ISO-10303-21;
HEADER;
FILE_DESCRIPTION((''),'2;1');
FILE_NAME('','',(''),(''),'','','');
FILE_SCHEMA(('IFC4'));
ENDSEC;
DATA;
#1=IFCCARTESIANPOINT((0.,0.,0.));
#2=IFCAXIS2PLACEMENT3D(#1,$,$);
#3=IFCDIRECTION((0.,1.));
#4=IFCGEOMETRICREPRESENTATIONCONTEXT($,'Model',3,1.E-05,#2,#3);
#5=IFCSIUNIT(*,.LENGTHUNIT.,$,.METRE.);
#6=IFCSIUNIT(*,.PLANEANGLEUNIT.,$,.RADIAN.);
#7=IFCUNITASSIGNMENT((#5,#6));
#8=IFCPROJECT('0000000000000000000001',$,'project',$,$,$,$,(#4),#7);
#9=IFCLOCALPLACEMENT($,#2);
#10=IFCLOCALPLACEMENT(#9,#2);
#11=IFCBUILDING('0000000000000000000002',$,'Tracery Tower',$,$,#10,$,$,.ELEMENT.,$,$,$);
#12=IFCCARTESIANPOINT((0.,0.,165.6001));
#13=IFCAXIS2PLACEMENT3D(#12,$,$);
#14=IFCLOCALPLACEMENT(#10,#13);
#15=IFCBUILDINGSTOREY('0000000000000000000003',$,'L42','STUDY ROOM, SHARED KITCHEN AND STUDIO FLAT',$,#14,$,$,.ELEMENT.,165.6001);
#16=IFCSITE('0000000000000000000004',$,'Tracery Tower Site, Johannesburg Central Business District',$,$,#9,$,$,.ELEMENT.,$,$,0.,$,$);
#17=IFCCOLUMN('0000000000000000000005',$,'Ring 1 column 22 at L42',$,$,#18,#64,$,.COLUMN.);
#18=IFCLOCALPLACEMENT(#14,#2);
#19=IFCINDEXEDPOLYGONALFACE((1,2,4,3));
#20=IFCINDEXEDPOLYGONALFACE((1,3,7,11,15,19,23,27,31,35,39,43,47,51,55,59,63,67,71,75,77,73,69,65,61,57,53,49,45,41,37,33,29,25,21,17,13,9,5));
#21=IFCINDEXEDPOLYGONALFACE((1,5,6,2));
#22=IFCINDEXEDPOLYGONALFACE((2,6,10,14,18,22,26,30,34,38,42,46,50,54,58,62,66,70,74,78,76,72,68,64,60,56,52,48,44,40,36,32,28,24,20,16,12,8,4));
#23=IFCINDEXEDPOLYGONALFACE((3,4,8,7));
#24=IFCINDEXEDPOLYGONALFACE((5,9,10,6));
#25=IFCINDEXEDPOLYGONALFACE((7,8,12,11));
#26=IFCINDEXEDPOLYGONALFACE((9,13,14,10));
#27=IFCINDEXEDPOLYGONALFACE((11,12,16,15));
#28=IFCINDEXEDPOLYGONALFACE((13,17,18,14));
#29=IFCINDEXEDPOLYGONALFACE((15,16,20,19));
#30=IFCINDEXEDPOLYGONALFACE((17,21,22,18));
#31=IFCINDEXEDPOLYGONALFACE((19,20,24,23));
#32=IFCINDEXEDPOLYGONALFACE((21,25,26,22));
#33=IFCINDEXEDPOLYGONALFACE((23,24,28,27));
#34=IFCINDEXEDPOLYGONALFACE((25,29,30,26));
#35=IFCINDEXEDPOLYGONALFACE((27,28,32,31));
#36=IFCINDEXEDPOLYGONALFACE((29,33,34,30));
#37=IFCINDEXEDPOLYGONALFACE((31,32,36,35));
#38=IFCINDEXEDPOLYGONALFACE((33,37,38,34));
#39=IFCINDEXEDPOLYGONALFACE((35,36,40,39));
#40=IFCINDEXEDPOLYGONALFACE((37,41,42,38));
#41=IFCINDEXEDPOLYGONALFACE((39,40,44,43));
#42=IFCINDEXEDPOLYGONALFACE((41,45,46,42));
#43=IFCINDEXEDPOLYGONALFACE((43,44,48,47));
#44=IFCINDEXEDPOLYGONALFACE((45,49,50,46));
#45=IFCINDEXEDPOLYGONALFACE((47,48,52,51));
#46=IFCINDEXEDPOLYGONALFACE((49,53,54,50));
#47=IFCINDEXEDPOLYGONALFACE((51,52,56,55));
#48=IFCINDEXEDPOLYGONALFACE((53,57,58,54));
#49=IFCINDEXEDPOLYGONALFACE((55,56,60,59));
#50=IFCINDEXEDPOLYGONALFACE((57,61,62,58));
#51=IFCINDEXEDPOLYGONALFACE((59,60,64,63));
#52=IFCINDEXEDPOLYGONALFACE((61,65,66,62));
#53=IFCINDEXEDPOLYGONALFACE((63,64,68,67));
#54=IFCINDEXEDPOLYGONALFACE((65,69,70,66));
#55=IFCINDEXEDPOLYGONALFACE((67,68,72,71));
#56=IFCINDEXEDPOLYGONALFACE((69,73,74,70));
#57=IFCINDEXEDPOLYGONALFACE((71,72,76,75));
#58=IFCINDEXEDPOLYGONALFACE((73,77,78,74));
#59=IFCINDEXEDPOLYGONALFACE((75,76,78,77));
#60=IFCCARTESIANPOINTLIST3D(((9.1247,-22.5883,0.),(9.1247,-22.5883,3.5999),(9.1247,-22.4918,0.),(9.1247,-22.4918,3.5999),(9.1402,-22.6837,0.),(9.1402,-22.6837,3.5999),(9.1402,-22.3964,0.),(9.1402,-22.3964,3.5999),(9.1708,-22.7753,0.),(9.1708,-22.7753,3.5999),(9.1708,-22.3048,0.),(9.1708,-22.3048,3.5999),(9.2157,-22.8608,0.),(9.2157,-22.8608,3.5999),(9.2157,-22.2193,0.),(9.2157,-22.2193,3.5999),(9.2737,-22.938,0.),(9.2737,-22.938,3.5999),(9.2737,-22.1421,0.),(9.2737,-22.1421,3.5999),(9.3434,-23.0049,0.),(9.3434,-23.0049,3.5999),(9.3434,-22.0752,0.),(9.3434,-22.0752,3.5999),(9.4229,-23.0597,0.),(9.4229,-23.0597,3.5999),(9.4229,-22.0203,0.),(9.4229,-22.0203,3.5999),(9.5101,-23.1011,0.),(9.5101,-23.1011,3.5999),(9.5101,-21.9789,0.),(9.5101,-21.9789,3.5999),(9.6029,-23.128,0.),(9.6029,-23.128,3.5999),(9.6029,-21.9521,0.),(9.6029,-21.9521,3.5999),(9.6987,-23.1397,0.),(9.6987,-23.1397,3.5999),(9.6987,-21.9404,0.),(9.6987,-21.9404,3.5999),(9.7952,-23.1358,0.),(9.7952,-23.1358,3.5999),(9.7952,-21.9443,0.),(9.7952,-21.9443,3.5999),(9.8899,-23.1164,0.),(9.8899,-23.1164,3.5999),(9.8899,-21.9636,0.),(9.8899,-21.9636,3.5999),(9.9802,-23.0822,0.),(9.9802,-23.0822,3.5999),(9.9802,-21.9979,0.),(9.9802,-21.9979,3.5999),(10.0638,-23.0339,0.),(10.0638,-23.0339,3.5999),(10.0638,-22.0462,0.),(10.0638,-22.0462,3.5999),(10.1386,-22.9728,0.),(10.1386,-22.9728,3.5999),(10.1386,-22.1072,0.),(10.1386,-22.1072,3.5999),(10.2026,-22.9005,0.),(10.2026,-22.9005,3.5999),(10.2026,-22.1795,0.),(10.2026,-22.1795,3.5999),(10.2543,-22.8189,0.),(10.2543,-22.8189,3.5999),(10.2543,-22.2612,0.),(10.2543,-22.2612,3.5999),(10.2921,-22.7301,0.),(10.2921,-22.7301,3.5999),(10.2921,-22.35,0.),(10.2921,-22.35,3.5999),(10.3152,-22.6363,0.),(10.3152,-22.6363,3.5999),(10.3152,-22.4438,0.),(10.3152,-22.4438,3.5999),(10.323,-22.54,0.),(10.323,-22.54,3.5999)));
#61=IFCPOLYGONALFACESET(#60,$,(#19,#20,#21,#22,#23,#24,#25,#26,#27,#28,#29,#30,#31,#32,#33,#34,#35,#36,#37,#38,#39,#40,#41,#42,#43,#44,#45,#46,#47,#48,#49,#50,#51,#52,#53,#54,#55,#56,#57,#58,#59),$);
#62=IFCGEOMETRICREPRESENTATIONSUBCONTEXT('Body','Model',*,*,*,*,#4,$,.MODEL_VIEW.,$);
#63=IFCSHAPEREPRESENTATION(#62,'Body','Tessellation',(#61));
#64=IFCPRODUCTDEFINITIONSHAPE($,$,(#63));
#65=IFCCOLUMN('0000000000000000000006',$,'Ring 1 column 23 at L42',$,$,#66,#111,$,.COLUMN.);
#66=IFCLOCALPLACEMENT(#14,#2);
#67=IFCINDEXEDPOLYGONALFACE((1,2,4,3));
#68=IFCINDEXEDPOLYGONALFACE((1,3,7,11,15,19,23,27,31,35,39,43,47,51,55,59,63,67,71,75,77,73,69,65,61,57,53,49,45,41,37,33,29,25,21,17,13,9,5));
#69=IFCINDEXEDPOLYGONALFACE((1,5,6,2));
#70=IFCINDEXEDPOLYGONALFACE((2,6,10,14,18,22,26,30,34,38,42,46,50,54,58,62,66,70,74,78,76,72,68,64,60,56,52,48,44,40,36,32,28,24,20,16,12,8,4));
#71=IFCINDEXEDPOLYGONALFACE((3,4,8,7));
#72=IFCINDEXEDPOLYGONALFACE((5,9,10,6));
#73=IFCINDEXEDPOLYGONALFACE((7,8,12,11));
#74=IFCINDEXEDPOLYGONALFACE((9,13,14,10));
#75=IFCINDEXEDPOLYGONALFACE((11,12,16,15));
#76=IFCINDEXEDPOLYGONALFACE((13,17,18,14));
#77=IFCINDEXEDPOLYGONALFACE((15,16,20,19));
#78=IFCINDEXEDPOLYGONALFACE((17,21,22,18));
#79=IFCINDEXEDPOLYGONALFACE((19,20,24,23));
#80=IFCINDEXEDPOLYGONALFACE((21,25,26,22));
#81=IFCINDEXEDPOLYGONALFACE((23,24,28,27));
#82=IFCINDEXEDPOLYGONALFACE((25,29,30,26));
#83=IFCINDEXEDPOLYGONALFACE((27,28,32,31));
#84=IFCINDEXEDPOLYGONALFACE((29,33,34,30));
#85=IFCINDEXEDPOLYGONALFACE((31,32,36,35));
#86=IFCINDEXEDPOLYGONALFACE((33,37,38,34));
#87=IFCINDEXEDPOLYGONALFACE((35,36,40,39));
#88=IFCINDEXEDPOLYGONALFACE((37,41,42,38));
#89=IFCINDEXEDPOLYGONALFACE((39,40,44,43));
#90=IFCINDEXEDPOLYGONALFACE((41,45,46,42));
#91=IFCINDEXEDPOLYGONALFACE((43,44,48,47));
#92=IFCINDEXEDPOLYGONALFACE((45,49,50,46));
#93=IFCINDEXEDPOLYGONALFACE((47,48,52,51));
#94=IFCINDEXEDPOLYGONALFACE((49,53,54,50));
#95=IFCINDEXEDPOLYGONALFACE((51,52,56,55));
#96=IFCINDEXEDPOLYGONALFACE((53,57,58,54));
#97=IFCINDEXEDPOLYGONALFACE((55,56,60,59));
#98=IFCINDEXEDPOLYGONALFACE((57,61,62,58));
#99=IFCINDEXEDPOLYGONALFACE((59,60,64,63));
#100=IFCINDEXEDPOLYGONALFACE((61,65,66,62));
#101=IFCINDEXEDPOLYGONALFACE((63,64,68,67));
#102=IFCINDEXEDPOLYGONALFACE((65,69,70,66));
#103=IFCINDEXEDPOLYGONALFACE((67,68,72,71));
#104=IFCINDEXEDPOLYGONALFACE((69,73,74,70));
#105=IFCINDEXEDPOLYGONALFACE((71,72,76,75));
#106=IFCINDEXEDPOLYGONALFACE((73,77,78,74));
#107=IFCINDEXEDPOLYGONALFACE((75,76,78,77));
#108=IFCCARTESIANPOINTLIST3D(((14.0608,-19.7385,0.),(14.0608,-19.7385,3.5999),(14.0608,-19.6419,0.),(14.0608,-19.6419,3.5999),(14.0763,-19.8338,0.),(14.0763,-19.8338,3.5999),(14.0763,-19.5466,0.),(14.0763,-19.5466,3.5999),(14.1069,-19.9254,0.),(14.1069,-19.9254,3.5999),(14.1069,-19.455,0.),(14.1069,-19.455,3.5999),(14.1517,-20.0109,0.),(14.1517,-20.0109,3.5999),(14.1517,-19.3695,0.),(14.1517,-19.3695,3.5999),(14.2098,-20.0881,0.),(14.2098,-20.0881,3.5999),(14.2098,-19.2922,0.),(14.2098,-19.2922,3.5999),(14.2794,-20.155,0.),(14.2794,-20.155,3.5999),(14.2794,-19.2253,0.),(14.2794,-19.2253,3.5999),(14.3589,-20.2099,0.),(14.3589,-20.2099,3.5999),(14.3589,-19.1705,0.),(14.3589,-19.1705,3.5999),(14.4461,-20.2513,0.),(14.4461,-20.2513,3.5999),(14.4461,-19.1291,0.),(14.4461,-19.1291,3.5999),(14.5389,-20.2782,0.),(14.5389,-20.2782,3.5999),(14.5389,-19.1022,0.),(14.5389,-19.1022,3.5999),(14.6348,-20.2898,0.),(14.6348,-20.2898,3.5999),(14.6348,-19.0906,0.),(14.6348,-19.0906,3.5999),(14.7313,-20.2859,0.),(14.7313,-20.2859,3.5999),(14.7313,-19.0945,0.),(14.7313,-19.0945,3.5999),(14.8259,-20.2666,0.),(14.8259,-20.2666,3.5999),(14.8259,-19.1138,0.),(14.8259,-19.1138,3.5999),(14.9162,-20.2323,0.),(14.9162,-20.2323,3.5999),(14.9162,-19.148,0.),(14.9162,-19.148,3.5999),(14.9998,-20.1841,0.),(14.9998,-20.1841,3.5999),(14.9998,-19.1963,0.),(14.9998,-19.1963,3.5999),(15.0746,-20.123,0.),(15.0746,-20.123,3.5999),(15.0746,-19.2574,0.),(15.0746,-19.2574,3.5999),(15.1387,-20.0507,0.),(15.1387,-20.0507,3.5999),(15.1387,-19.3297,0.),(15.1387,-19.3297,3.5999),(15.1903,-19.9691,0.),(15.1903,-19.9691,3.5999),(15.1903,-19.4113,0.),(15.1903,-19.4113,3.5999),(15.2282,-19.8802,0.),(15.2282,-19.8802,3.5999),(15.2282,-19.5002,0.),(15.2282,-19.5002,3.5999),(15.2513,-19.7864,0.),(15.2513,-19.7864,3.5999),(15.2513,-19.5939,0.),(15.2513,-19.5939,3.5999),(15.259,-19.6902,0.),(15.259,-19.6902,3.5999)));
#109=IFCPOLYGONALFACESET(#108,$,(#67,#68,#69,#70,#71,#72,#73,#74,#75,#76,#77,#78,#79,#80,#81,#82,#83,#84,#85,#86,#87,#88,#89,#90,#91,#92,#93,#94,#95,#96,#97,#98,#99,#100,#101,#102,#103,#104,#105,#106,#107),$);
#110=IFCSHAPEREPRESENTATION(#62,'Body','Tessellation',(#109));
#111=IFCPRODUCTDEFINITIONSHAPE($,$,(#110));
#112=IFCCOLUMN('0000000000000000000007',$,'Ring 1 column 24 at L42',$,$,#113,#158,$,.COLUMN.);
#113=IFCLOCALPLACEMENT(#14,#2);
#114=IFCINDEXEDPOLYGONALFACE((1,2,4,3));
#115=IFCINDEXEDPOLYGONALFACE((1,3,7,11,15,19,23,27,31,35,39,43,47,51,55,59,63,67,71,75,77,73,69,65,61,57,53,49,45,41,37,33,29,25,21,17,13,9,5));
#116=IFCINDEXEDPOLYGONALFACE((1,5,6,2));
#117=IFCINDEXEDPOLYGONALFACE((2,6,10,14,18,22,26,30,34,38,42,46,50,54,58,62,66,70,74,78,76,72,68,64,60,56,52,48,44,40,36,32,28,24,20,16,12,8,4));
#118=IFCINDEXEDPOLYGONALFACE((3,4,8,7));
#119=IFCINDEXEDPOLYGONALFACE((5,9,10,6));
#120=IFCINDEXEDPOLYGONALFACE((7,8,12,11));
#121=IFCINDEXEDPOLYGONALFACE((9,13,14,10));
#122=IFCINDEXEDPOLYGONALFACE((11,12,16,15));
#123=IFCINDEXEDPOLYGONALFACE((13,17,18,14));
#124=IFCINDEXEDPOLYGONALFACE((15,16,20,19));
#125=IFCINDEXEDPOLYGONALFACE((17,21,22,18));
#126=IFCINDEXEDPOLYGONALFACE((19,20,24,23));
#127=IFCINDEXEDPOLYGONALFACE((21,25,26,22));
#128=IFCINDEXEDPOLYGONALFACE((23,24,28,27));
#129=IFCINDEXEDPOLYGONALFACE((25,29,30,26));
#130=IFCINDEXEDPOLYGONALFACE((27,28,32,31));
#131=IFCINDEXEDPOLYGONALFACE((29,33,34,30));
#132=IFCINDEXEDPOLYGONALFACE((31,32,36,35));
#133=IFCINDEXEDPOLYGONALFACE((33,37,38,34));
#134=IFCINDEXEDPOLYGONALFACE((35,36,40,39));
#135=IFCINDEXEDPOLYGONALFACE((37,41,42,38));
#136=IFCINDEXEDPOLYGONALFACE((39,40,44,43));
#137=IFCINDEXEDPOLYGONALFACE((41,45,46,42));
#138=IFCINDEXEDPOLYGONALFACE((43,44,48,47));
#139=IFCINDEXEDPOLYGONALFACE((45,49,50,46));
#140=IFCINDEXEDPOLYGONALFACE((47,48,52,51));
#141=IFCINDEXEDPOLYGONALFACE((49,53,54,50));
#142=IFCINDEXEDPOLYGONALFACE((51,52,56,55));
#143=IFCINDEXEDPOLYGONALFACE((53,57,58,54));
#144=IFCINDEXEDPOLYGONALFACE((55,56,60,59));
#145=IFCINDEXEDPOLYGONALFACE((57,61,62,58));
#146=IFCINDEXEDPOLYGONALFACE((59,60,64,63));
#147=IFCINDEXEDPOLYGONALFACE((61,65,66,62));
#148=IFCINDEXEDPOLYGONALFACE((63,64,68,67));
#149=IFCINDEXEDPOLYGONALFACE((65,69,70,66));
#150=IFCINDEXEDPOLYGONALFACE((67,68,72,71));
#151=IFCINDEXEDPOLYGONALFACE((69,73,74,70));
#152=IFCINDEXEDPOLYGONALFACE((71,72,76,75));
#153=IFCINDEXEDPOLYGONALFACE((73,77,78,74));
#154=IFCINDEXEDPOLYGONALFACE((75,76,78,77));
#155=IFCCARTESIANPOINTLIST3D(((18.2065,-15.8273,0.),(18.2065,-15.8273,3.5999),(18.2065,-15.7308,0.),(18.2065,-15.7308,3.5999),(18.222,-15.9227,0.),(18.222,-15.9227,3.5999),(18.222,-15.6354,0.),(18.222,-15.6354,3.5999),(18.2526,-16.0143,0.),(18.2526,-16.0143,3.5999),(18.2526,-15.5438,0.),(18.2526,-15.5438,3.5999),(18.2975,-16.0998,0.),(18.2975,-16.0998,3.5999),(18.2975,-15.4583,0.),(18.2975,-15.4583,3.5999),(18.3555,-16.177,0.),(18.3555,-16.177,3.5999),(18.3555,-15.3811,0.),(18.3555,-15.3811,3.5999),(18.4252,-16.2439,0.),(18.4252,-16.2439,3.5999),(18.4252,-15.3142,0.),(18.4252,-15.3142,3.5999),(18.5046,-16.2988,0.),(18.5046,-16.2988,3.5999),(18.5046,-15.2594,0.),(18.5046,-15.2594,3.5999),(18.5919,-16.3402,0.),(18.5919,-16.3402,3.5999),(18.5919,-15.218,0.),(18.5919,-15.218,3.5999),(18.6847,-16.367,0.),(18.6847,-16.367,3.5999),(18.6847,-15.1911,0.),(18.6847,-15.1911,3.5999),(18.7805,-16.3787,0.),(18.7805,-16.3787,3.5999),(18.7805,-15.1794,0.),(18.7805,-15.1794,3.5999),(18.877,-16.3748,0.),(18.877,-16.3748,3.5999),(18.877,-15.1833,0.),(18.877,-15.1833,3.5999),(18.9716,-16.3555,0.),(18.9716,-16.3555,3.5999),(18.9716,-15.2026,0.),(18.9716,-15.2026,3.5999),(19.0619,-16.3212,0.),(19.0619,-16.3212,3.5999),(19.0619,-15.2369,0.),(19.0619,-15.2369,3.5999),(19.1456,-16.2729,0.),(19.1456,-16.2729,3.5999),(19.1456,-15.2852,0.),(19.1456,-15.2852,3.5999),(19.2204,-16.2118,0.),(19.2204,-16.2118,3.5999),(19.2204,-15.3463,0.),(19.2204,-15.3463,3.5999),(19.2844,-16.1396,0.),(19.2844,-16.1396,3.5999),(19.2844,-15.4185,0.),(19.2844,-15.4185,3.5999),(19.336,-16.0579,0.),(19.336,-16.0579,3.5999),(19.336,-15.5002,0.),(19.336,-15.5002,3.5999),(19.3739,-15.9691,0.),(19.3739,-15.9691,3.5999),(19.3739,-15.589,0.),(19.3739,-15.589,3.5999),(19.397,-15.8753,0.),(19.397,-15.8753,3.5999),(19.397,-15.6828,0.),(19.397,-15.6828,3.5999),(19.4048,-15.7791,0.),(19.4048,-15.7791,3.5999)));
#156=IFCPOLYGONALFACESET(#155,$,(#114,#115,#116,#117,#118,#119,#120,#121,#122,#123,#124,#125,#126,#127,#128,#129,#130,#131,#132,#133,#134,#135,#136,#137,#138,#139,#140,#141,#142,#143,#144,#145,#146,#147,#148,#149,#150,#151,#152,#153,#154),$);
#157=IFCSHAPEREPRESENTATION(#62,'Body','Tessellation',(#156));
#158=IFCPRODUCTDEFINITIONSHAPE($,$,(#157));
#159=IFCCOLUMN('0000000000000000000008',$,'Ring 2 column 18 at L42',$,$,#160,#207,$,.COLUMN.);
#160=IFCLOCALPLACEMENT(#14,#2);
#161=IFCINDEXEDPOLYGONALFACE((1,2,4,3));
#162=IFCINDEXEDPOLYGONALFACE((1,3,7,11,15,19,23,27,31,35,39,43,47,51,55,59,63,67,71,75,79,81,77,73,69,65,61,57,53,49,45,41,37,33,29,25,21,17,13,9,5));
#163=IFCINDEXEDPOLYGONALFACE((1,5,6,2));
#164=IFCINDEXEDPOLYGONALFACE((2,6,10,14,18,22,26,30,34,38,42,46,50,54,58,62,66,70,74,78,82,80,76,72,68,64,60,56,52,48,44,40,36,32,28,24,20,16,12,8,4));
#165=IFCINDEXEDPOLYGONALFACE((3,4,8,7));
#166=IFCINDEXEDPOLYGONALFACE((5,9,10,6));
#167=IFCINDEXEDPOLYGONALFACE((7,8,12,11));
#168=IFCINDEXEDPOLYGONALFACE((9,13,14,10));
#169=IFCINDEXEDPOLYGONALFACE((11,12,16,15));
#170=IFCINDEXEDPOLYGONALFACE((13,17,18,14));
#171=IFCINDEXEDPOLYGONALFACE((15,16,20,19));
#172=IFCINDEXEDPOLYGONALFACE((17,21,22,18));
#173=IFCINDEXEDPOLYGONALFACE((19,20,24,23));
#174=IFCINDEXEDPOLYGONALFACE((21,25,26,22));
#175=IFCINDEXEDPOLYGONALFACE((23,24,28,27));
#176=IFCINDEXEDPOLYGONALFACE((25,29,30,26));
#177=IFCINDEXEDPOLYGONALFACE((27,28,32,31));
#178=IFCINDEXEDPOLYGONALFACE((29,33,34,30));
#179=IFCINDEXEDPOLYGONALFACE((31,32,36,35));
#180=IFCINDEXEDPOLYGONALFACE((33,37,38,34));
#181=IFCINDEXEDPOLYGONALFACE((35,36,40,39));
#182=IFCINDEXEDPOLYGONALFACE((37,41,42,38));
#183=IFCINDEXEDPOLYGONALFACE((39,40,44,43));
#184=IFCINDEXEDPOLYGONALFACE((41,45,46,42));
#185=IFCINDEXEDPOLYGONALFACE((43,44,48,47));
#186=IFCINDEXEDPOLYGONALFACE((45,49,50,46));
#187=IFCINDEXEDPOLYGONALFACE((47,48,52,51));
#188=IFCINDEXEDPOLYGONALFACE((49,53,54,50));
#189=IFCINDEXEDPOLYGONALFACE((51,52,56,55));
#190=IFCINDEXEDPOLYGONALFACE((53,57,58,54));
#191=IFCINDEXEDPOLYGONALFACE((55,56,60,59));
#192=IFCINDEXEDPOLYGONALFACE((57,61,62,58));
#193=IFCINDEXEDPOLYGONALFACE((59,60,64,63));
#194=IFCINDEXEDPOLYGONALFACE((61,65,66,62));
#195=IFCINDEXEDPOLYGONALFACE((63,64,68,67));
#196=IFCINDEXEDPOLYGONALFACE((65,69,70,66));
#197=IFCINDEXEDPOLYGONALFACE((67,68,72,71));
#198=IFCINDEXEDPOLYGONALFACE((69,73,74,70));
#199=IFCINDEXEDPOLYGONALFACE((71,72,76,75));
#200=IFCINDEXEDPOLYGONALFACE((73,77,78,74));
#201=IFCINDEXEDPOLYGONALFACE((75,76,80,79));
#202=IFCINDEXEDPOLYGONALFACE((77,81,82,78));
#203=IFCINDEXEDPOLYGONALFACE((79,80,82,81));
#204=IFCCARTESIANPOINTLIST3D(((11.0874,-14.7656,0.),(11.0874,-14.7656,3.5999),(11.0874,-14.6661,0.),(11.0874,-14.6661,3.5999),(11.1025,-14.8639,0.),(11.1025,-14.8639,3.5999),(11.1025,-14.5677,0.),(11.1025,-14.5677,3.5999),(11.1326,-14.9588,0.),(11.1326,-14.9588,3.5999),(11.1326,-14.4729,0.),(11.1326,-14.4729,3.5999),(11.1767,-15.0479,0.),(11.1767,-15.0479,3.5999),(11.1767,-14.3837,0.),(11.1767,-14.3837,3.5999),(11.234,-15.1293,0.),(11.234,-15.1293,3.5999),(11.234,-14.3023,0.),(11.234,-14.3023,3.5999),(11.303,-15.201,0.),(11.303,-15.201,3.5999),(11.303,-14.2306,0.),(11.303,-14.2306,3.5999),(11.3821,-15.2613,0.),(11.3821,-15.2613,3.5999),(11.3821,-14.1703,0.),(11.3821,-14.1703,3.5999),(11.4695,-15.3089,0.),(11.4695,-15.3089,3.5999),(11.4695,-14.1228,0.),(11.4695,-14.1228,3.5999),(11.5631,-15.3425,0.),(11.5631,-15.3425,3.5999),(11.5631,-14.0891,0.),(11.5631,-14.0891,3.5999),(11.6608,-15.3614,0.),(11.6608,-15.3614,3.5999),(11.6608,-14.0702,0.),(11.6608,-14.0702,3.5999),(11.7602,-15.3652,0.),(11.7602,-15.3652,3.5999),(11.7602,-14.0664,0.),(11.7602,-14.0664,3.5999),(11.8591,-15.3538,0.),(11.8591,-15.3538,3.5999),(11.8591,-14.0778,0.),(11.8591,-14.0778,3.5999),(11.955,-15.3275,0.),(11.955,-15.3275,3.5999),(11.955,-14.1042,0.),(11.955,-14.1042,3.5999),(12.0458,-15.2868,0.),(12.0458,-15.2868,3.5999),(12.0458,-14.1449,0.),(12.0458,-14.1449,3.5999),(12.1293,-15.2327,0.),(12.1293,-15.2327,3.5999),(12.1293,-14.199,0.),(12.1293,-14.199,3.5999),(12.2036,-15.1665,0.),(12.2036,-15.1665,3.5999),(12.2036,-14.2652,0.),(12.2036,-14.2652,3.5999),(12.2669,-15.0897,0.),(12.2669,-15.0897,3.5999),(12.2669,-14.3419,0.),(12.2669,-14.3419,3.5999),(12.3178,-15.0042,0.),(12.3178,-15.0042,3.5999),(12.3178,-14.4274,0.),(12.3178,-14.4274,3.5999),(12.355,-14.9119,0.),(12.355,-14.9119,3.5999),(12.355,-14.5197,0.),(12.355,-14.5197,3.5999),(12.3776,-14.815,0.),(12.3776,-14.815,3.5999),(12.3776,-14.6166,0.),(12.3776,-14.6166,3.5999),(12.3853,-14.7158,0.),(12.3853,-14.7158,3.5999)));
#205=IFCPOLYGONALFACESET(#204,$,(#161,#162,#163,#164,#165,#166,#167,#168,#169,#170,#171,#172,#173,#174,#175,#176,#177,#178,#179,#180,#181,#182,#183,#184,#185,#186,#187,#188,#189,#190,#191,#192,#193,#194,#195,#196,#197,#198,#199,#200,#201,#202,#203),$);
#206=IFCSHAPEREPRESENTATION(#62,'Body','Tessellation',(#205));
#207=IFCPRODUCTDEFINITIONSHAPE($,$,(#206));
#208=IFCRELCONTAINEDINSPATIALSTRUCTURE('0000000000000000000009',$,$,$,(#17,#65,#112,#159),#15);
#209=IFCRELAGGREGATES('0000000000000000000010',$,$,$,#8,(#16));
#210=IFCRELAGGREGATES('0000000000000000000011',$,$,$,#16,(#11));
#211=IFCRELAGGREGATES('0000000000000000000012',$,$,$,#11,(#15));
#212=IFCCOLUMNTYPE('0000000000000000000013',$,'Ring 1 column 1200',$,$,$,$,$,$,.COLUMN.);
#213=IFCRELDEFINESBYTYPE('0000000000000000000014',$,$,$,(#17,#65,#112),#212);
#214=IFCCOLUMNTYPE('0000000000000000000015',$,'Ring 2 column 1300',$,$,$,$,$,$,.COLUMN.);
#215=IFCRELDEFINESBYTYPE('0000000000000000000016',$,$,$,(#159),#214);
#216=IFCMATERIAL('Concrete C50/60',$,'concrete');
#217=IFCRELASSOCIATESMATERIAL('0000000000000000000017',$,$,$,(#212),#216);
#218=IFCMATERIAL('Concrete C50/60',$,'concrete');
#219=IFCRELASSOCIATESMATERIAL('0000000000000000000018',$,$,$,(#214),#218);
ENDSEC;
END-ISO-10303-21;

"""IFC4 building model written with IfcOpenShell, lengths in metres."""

from ifc_helpers import new_model, si_unit, direction, frame, origin, origin_2d, place, context, subcontext, project, spatial, circle, extrude, material, material_profile, profile_set, type_object, element, save


model = new_model("IFC4")

# Units and contexts
model_context = context("Model", 3, precision=1e-05, world=origin(), true_north=direction((0.0, 1.0)))
body_context = subcontext(model_context, "Body", "Model", "MODEL_VIEW")
ifc_project = project(units=[si_unit("LENGTHUNIT", "METRE"), si_unit("PLANEANGLEUNIT", "RADIAN")], contexts=[model_context])

# Site, building, storey
site_placement = place(None, origin())
site = spatial("IfcSite", under=ifc_project, at=site_placement, Name="Tracery Tower Site, Johannesburg Central Business District", CompositionType="ELEMENT", RefElevation=0.0)
building_placement = place(site_placement, origin())
building = spatial("IfcBuilding", under=site, at=building_placement, Name="Tracery Tower", CompositionType="ELEMENT")
storey_placement = place(building_placement, frame((0.0, 0.0, 165.6001)))
storey = spatial("IfcBuildingStorey", under=building, at=storey_placement, Name="L42", Description="STUDY ROOM, SHARED KITCHEN AND STUDIO FLAT", CompositionType="ELEMENT", Elevation=165.6001)

# Columns
ifc_material_1 = material(Name="Concrete C50/60", Category="concrete")
ifc_material_profile_1 = material_profile(ifc_material_1, circle(Radius=0.6001, at=origin_2d()), Name="RC D1200")
ifc_profile_set_1 = profile_set([ifc_material_profile_1], Name="Concrete C50/60")
column_type_1 = type_object("IfcColumnType", Name="Ring 1 column 1200", PredefinedType="COLUMN", material=ifc_profile_set_1)
for number, where, z_axis, x_axis, name in (
    (1, (9.7229, -22.54, 0.0), (0.0, 0.0, 1.0), (1.0, 0.0, 0.0), "Ring 1 column 22 at L42"),
    (2, (14.6589, -19.6902, 0.0), (0.0, 0.0, 1.0), (1.0, 0.0, 0.0), "Ring 1 column 23 at L42"),
    (3, (18.8047, -15.7791, 0.0), (0.0, 0.0, 1.0), (1.0, 0.0, 0.0), "Ring 1 column 24 at L42"),
):
    element("IfcColumn", number, at=place(storey_placement, frame(where, z_axis=z_axis, x_axis=x_axis)), inside=storey, type_object=column_type_1, Name=name, PredefinedType="COLUMN", context=body_context, shape_type="SweptSolid", body=[
        extrude(circle(Radius=0.6001, at=origin_2d()), origin(), (0.0, 0.0, 1.0), 3.5999),
    ])
ifc_material_2 = material(Name="Concrete C50/60", Category="concrete")
ifc_material_profile_2 = material_profile(ifc_material_2, circle(Radius=0.6499, at=origin_2d()), Name="RC D1300")
ifc_profile_set_2 = profile_set([ifc_material_profile_2], Name="Concrete C50/60")
column_type_2 = type_object("IfcColumnType", Name="Ring 2 column 1300", PredefinedType="COLUMN", material=ifc_profile_set_2)
column_placement = place(storey_placement, frame((11.7354, -14.7158, 0.0), z_axis=(0.0, 0.0, 1.0), x_axis=(1.0, 0.0, 0.0)))
element("IfcColumn", 4, at=column_placement, inside=storey, type_object=column_type_2, Name="Ring 2 column 18 at L42", PredefinedType="COLUMN", context=body_context, shape_type="SweptSolid", body=[
    extrude(circle(Radius=0.6499, at=origin_2d()), origin(), (0.0, 0.0, 1.0), 3.5999),
])

save(model, "model.ifc")
